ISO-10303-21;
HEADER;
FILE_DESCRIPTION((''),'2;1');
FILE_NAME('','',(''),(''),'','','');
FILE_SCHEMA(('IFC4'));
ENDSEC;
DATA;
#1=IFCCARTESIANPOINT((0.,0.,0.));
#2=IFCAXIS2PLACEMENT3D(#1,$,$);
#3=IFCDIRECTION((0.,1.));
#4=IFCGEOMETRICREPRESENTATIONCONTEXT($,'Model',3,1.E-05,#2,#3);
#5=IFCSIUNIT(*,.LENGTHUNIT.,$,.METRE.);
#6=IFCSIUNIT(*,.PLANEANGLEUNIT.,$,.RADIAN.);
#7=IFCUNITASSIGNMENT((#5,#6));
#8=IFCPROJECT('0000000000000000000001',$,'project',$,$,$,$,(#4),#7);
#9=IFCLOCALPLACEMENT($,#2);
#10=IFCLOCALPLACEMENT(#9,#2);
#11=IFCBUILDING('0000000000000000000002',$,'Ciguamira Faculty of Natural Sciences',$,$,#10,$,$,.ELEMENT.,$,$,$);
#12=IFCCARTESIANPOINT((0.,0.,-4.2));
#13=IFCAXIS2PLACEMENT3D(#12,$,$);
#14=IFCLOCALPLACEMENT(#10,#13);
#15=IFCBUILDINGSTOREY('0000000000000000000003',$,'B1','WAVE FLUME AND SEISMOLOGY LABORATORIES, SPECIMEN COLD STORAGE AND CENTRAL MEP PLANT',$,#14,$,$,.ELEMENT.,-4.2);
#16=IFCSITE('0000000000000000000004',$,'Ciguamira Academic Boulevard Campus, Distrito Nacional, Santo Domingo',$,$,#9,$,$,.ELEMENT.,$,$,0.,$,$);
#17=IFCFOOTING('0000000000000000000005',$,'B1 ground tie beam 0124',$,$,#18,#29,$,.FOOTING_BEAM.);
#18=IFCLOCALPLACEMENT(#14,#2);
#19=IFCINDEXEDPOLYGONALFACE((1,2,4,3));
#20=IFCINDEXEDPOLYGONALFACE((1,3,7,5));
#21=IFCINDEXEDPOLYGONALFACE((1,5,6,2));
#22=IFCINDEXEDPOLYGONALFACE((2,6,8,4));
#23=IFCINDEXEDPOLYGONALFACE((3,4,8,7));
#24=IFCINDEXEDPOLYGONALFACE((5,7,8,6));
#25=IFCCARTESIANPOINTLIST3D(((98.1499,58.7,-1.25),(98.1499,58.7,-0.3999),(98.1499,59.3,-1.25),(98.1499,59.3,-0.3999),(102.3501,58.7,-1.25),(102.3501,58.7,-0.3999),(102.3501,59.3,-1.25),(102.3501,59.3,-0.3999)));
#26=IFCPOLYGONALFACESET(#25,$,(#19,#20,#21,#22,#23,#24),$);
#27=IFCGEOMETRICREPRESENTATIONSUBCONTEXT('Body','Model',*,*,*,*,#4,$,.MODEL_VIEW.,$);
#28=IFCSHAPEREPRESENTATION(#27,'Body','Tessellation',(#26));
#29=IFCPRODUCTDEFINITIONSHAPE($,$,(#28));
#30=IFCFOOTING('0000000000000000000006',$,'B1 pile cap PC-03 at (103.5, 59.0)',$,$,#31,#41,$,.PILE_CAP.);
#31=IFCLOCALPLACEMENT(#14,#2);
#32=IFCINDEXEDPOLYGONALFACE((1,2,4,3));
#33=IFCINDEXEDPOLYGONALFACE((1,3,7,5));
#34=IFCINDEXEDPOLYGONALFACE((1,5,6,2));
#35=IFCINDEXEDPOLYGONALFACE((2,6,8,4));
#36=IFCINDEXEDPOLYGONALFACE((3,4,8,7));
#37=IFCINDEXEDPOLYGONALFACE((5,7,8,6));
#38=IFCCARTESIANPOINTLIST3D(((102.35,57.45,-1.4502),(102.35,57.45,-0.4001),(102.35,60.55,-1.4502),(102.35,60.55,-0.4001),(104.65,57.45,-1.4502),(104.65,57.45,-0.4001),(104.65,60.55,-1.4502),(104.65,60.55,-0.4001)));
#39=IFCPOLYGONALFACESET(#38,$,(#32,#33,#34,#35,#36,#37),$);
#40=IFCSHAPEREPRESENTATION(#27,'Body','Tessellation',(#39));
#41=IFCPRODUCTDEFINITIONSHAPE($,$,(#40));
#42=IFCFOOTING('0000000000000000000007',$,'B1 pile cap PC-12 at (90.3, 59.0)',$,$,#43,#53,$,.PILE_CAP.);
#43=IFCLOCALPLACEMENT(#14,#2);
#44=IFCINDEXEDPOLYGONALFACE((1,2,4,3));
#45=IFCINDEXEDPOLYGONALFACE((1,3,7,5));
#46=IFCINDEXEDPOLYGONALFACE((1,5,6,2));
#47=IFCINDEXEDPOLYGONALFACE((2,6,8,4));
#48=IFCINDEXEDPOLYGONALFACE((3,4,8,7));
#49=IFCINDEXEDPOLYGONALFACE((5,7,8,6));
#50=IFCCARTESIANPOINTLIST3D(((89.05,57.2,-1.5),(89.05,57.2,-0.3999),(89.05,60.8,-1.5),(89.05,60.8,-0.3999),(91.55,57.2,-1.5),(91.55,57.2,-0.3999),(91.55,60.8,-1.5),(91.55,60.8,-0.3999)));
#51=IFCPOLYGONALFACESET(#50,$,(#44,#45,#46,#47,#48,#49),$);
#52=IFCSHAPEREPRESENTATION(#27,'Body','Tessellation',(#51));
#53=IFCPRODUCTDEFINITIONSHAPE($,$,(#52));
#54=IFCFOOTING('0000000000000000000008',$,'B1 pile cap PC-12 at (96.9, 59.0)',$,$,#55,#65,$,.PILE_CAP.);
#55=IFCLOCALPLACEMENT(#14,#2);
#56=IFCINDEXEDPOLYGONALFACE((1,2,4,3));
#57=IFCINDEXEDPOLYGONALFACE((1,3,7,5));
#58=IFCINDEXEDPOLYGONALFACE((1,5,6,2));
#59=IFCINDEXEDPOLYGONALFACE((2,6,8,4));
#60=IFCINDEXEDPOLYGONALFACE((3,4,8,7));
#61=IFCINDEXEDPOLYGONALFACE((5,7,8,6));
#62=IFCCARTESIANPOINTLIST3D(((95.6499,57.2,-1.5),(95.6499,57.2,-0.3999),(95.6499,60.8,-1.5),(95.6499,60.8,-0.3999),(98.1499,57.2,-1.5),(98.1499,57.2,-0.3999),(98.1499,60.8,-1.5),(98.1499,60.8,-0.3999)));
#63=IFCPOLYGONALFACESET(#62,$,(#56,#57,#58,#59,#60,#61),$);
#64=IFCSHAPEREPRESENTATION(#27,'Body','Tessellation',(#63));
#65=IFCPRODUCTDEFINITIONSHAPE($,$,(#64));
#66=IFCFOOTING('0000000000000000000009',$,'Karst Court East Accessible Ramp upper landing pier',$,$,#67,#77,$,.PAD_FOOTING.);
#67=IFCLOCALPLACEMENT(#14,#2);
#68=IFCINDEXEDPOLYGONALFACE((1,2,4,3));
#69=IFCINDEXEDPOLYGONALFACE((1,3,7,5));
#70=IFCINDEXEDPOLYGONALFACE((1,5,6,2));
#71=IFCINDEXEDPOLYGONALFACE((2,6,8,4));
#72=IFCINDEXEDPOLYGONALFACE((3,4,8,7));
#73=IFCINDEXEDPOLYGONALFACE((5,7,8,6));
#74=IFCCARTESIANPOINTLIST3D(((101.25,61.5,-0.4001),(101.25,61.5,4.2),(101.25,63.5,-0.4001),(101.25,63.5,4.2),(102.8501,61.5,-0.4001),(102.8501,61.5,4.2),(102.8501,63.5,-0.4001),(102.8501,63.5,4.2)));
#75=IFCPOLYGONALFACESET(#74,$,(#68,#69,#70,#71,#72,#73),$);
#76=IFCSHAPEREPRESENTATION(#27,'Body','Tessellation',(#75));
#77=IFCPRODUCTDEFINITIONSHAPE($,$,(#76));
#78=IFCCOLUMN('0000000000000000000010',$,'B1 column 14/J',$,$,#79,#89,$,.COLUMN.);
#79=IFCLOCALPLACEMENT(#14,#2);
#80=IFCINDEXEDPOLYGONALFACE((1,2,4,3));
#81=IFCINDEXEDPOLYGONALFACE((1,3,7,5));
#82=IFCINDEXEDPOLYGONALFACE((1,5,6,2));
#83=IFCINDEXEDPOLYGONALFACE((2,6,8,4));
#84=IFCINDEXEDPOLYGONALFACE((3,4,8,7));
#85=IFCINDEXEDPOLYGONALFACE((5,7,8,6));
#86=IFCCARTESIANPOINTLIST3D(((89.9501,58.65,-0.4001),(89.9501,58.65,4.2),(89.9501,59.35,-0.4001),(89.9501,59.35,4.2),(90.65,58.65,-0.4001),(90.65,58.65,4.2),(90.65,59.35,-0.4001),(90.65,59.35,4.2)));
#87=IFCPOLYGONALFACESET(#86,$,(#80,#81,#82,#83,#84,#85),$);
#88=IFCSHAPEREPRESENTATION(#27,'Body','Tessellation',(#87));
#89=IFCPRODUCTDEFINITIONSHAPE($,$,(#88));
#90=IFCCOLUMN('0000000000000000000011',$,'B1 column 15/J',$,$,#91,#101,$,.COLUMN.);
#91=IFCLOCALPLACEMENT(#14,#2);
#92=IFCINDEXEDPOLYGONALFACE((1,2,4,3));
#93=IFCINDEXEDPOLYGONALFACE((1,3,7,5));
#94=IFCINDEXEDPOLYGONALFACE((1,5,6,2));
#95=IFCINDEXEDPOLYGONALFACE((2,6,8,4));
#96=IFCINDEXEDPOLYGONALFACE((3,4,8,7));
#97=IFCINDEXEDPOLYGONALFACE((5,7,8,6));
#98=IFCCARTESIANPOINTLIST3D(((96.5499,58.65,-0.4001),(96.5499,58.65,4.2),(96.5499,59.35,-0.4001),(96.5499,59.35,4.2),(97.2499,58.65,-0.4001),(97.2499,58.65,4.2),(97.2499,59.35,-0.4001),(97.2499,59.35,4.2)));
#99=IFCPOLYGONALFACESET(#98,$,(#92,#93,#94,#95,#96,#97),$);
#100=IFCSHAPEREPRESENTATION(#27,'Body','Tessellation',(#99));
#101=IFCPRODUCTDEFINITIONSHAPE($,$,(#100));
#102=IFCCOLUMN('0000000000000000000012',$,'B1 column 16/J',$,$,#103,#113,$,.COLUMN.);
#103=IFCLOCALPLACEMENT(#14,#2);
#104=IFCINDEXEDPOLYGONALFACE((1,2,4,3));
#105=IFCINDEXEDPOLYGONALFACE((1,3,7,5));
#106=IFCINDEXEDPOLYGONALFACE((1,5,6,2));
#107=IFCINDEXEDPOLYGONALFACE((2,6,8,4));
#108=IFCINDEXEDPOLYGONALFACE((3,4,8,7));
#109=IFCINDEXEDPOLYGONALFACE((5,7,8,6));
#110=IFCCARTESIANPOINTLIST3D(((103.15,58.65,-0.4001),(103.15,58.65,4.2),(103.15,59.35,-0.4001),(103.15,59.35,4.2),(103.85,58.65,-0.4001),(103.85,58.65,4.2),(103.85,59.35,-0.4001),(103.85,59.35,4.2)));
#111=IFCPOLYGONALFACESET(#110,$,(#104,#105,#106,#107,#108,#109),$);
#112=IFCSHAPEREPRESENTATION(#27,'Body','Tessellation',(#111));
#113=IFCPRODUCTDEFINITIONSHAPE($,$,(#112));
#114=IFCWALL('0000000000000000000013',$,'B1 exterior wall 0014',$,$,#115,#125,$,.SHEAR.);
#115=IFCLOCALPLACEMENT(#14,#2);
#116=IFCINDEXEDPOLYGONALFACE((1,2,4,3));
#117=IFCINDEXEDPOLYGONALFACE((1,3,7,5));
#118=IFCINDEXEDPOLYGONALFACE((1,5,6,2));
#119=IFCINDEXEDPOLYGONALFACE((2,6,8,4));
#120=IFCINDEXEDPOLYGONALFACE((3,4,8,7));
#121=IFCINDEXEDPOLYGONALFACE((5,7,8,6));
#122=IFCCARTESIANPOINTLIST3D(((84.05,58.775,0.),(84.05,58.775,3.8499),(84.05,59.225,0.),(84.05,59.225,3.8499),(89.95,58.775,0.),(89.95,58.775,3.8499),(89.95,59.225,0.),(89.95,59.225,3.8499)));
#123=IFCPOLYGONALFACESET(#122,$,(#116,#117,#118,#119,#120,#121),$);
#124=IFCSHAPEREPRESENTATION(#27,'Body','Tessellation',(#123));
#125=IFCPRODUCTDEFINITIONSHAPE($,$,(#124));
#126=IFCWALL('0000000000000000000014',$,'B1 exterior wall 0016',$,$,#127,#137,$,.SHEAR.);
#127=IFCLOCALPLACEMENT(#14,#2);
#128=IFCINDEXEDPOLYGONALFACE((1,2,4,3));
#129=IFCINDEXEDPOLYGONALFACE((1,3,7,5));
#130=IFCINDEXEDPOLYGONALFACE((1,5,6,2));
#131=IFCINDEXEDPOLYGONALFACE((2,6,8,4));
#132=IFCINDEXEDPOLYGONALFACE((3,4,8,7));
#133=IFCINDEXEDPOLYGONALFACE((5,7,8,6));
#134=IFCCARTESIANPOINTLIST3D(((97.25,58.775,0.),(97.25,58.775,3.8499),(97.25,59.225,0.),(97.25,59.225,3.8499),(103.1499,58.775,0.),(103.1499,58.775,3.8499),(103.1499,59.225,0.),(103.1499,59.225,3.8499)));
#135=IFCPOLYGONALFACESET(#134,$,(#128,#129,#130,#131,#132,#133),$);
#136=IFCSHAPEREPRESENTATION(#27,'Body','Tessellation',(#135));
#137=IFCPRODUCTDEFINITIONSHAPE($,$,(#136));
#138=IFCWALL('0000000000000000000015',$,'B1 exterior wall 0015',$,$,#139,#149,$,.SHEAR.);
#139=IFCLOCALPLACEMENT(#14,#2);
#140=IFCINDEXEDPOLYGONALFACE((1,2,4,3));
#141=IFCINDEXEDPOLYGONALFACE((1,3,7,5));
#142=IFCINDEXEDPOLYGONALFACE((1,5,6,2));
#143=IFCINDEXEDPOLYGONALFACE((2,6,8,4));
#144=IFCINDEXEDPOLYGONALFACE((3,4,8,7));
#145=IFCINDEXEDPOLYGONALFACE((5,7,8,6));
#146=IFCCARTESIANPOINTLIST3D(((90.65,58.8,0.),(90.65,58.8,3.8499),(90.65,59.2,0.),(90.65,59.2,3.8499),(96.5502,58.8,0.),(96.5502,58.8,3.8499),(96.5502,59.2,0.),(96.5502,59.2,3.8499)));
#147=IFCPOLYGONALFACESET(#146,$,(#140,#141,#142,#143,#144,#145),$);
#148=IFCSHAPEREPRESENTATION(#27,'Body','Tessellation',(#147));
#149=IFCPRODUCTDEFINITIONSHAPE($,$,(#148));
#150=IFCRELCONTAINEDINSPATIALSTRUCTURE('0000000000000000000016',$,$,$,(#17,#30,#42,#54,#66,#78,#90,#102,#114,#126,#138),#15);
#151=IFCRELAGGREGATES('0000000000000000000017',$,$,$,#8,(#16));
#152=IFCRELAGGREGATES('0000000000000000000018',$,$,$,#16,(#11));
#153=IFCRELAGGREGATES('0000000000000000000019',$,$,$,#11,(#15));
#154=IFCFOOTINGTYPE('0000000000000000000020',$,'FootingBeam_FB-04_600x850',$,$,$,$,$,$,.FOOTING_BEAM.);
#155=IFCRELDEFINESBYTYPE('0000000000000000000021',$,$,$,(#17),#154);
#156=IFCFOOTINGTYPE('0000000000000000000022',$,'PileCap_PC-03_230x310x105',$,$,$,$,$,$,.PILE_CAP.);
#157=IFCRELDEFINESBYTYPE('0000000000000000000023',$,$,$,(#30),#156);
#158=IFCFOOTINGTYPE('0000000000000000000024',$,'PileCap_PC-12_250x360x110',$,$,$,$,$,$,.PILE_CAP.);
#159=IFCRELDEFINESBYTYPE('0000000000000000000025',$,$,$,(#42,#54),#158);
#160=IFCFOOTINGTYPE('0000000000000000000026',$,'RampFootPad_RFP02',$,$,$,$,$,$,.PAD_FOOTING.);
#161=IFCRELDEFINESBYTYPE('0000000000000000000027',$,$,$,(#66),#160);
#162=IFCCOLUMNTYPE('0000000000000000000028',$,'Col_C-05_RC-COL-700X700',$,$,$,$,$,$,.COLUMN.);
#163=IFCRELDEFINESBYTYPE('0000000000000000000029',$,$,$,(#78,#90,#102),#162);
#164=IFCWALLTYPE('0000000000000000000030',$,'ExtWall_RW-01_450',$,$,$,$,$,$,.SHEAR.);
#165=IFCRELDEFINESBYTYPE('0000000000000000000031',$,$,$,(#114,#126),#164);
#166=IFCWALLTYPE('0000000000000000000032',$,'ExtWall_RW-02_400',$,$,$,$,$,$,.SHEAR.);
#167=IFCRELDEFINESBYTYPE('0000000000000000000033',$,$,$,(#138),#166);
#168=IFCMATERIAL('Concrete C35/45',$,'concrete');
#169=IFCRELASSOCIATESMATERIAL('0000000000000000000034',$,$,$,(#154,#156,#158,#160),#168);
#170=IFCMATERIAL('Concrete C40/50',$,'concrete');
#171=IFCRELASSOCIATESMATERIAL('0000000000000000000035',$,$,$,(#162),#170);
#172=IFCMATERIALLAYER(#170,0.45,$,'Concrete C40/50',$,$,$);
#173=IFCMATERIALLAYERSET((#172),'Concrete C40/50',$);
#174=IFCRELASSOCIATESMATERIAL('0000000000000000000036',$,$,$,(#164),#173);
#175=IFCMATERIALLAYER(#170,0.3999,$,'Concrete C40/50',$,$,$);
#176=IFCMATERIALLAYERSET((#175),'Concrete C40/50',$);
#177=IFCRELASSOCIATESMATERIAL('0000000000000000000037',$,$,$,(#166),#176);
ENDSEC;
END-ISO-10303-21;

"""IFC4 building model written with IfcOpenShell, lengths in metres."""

from ifc_helpers import new_model, si_unit, direction, frame, frame_2d, origin, origin_2d, place, context, subcontext, project, spatial, rectangle, extrude, material, layer, layer_set, material_profile, profile_set, type_object, element, save


model = new_model("IFC4")

# Units and contexts
model_context = context("Model", 3, precision=1e-05, world=origin(), true_north=direction((0.0, 1.0)))
body_context = subcontext(model_context, "Body", "Model", "MODEL_VIEW")
ifc_project = project(units=[si_unit("LENGTHUNIT", "METRE"), si_unit("PLANEANGLEUNIT", "RADIAN")], contexts=[model_context])

# Site, building, storey
site_placement = place(None, origin())
site = spatial("IfcSite", under=ifc_project, at=site_placement, Name="Ciguamira Academic Boulevard Campus, Distrito Nacional, Santo Domingo", CompositionType="ELEMENT", RefElevation=0.0)
building_placement = place(site_placement, origin())
building = spatial("IfcBuilding", under=site, at=building_placement, Name="Ciguamira Faculty of Natural Sciences", CompositionType="ELEMENT")
storey_placement = place(building_placement, frame((0.0, 0.0, -4.2)))
storey = spatial("IfcBuildingStorey", under=building, at=storey_placement, Name="B1", Description="WAVE FLUME AND SEISMOLOGY LABORATORIES, SPECIMEN COLD STORAGE AND CENTRAL MEP PLANT", CompositionType="ELEMENT", Elevation=-4.2)

# Shared definitions
ifc_material_1 = material(Name="Concrete C35/45", Category="concrete")

# Footings
ifc_material_profile_1 = material_profile(ifc_material_1, rectangle(XDim=0.6001, YDim=0.8501, at=origin_2d()), Name="RC-FB-600X850")
ifc_profile_set_1 = profile_set([ifc_material_profile_1], Name="Concrete C35/45")
footing_type_1 = type_object("IfcFootingType", Name="FootingBeam_FB-04_600x850", PredefinedType="FOOTING_BEAM", material=ifc_profile_set_1)
footing_1_placement = place(storey_placement, frame((98.1499, 59.0, -0.825), z_axis=(1.0, 0.0, 0.0), x_axis=(0.0, 1.0, 0.0)))
element("IfcFooting", 1, at=footing_1_placement, inside=storey, type_object=footing_type_1, Name="B1 ground tie beam 0124", PredefinedType="FOOTING_BEAM", context=body_context, shape_type="SweptSolid", body=[
    extrude(rectangle(XDim=0.6001, YDim=0.8501, at=origin_2d()), origin(), (0.0, 0.0, 1.0), 4.2002),
])
footing_type_2 = type_object("IfcFootingType", Name="PileCap_PC-03_230x310x105", PredefinedType="PILE_CAP", material=ifc_material_1)
footing_2_placement = place(storey_placement, frame((103.5, 59.0, -1.4502), z_axis=(0.0, 0.0, 1.0), x_axis=(1.0, 0.0, 0.0)))
element("IfcFooting", 2, at=footing_2_placement, inside=storey, type_object=footing_type_2, Name="B1 pile cap PC-03 at (103.5, 59.0)", PredefinedType="PILE_CAP", context=body_context, shape_type="SweptSolid", body=[
    extrude(rectangle(XDim=2.3, YDim=3.1001, at=origin_2d()), origin(), (0.0, 0.0, 1.0), 1.05),
])
footing_type_3 = type_object("IfcFootingType", Name="PileCap_PC-12_250x360x110", PredefinedType="PILE_CAP", material=ifc_material_1)
for number, where, z_axis, x_axis, name in (
    (3, (90.3, 59.0, -1.5), (0.0, 0.0, 1.0), (1.0, 0.0, 0.0), "B1 pile cap PC-12 at (90.3, 59.0)"),
    (4, (96.8999, 59.0, -1.5), (0.0, 0.0, 1.0), (1.0, 0.0, 0.0), "B1 pile cap PC-12 at (96.9, 59.0)"),
):
    element("IfcFooting", number, at=place(storey_placement, frame(where, z_axis=z_axis, x_axis=x_axis)), inside=storey, type_object=footing_type_3, Name=name, PredefinedType="PILE_CAP", context=body_context, shape_type="SweptSolid", body=[
        extrude(rectangle(XDim=2.5, YDim=3.6001, at=origin_2d()), origin(), (0.0, 0.0, 1.0), 1.1001),
    ])
footing_type_4 = type_object("IfcFootingType", Name="RampFootPad_RFP02", PredefinedType="PAD_FOOTING", material=ifc_material_1)
footing_3_placement = place(storey_placement, frame((102.05, 62.5, -0.4001), z_axis=(0.0, 0.0, 1.0), x_axis=(-1.0, 0.0, 0.0)))
element("IfcFooting", 5, at=footing_3_placement, inside=storey, type_object=footing_type_4, Name="Karst Court East Accessible Ramp upper landing pier", PredefinedType="PAD_FOOTING", context=body_context, shape_type="SweptSolid", body=[
    extrude(rectangle(XDim=1.6001, YDim=2.0, at=origin_2d()), origin(), (0.0, 0.0, 1.0), 4.6001),
])

# Columns
ifc_material_2 = material(Name="Concrete C40/50", Category="concrete")
ifc_material_profile_2 = material_profile(ifc_material_2, rectangle(XDim=0.7, YDim=0.7, at=origin_2d()), Name="RC-COL-700X700")
ifc_profile_set_2 = profile_set([ifc_material_profile_2], Name="Concrete C40/50")
column_type = type_object("IfcColumnType", Name="Col_C-05_RC-COL-700X700", PredefinedType="COLUMN", material=ifc_profile_set_2)
for number, where, z_axis, x_axis, name in (
    (6, (90.3, 59.0, -0.4001), (0.0, 0.0, 1.0), (1.0, 0.0, 0.0), "B1 column 14/J"),
    (7, (96.8999, 59.0, -0.4001), (0.0, 0.0, 1.0), (1.0, 0.0, 0.0), "B1 column 15/J"),
    (8, (103.5, 59.0, -0.4001), (0.0, 0.0, 1.0), (1.0, 0.0, 0.0), "B1 column 16/J"),
):
    element("IfcColumn", number, at=place(storey_placement, frame(where, z_axis=z_axis, x_axis=x_axis)), inside=storey, type_object=column_type, Name=name, PredefinedType="COLUMN", context=body_context, shape_type="SweptSolid", body=[
        extrude(rectangle(XDim=0.7, YDim=0.7, at=origin_2d()), origin(), (0.0, 0.0, 1.0), 4.6001),
    ])

# Walls
ifc_layer_1 = layer(ifc_material_2, 0.45, Name="Concrete C40/50")
ifc_layer_set_1 = layer_set([ifc_layer_1], Name="Concrete C40/50")
wall_type_1 = type_object("IfcWallType", Name="ExtWall_RW-01_450", PredefinedType="SHEAR", material=ifc_layer_set_1)
for number, where, z_axis, x_axis, name in (
    (9, (84.05, 59.0, 0.0), (0.0, 0.0, 1.0), (1.0, 0.0, 0.0), "B1 exterior wall 0014"),
    (10, (97.25, 59.0, 0.0), (0.0, 0.0, 1.0), (1.0, 0.0, 0.0), "B1 exterior wall 0016"),
):
    element("IfcWall", number, at=place(storey_placement, frame(where, z_axis=z_axis, x_axis=x_axis)), inside=storey, type_object=wall_type_1, Name=name, PredefinedType="SHEAR", context=body_context, shape_type="SweptSolid", body=[
        extrude(rectangle(XDim=5.8999, YDim=0.45, at=frame_2d((2.95, 0.0))), origin(), (0.0, 0.0, 1.0), 3.8499),
    ])
ifc_layer_2 = layer(ifc_material_2, 0.3999, Name="Concrete C40/50")
ifc_layer_set_2 = layer_set([ifc_layer_2], Name="Concrete C40/50")
wall_type_2 = type_object("IfcWallType", Name="ExtWall_RW-02_400", PredefinedType="SHEAR", material=ifc_layer_set_2)
wall_placement = place(storey_placement, frame((90.6499, 59.0, 0.0), z_axis=(0.0, 0.0, 1.0), x_axis=(1.0, 0.0, 0.0)))
element("IfcWall", 11, at=wall_placement, inside=storey, type_object=wall_type_2, Name="B1 exterior wall 0015", PredefinedType="SHEAR", context=body_context, shape_type="SweptSolid", body=[
    extrude(rectangle(XDim=5.9001, YDim=0.3999, at=frame_2d((2.9502, 0.0))), origin(), (0.0, 0.0, 1.0), 3.8499),
])

save(model, "model.ifc")
